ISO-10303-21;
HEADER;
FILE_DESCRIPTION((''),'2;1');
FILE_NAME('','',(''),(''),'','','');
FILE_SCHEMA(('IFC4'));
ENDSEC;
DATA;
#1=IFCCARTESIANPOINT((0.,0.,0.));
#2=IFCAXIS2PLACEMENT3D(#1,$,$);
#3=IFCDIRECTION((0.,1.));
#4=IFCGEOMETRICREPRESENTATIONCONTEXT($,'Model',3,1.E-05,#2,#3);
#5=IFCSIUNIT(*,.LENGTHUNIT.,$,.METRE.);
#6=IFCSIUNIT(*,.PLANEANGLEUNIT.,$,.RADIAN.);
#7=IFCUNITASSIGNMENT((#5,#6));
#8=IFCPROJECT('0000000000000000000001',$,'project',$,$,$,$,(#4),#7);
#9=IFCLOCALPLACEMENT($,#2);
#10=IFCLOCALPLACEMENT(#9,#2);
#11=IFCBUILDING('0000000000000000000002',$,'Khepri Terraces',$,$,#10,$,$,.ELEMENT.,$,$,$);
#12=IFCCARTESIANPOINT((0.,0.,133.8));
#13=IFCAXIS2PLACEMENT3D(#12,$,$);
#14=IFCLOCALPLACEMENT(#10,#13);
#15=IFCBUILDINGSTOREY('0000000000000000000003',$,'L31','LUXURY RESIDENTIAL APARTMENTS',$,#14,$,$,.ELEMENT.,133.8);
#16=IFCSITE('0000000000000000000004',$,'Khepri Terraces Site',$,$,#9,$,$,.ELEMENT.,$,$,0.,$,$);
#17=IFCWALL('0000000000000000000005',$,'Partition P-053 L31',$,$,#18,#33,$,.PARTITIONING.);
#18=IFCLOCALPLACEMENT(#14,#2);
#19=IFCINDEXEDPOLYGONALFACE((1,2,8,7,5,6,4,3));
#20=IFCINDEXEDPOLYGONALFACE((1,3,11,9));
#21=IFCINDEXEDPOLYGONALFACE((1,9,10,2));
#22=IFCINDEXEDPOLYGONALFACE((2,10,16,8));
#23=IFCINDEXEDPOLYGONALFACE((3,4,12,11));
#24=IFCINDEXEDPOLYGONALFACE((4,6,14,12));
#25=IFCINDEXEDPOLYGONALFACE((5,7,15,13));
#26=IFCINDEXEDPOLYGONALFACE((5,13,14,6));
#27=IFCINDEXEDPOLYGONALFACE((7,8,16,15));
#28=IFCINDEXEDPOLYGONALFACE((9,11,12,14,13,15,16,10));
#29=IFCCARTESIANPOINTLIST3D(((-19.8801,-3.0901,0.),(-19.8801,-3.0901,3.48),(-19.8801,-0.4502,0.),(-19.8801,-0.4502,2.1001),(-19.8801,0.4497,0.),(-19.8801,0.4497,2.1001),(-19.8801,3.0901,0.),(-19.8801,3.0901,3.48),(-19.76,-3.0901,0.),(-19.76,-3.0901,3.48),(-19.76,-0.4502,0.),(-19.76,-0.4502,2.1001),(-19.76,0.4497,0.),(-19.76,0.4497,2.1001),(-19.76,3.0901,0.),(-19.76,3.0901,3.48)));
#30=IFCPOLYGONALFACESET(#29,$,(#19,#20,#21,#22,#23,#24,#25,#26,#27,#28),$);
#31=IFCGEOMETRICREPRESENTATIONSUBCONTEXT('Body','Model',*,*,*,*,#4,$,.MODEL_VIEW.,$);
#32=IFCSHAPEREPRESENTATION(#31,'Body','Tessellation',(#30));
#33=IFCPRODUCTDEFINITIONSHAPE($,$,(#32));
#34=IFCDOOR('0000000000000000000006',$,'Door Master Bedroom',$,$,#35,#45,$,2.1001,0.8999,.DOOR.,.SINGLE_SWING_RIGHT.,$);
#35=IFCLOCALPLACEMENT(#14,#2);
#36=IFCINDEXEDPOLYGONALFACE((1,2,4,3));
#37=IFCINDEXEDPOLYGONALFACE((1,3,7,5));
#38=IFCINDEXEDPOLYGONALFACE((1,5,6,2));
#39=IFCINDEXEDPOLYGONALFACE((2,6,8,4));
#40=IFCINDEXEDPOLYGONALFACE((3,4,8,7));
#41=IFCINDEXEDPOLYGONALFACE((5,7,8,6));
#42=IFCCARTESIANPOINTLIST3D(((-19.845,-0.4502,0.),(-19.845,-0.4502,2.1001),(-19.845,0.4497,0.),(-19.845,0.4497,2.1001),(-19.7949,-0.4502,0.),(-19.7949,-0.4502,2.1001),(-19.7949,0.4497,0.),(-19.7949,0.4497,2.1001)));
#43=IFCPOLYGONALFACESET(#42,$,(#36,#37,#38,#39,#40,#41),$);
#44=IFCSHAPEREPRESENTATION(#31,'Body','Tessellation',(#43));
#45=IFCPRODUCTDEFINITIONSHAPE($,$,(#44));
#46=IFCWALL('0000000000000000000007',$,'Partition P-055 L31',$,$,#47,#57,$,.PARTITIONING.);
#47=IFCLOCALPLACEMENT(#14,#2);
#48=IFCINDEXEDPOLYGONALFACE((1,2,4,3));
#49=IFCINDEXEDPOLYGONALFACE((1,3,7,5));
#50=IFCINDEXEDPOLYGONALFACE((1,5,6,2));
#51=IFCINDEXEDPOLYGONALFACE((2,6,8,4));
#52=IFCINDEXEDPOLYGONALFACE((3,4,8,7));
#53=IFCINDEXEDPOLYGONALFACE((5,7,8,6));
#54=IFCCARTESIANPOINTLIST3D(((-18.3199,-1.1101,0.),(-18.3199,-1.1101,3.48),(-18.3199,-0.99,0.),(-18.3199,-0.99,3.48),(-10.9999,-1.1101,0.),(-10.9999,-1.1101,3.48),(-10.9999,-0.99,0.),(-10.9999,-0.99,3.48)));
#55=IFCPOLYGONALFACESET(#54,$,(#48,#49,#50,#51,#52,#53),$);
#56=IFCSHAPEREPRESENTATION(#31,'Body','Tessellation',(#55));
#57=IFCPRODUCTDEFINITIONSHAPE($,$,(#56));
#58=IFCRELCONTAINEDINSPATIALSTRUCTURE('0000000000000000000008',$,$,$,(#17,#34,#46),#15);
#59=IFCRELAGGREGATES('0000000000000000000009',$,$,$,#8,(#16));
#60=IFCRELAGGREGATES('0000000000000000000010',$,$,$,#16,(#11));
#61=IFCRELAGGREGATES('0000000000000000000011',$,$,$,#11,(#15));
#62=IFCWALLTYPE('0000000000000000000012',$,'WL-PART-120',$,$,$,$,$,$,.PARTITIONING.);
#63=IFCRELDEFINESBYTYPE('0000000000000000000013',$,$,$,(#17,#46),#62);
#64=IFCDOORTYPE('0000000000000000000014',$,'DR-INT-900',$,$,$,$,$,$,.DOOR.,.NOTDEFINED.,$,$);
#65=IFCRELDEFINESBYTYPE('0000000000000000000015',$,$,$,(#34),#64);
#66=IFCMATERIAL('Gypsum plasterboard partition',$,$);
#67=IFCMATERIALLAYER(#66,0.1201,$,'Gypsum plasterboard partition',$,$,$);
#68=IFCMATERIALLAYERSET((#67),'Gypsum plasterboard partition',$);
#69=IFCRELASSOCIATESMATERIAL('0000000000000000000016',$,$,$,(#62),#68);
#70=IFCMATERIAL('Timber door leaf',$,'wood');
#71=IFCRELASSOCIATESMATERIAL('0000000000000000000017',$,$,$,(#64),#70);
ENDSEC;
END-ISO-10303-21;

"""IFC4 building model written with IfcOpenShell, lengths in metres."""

from ifc_helpers import new_model, si_unit, direction, frame, frame_2d, origin, place, context, subcontext, project, spatial, rectangle, extrude, material, layer, layer_set, type_object, element, fill, save


model = new_model("IFC4")

# Units and contexts
model_context = context("Model", 3, precision=1e-05, world=origin(), true_north=direction((0.0, 1.0)))
body_context = subcontext(model_context, "Body", "Model", "MODEL_VIEW")
ifc_project = project(units=[si_unit("LENGTHUNIT", "METRE"), si_unit("PLANEANGLEUNIT", "RADIAN")], contexts=[model_context])

# Site, building, storey
site_placement = place(None, origin())
site = spatial("IfcSite", under=ifc_project, at=site_placement, Name="Khepri Terraces Site", CompositionType="ELEMENT", RefElevation=0.0)
building_placement = place(site_placement, origin())
building = spatial("IfcBuilding", under=site, at=building_placement, Name="Khepri Terraces", CompositionType="ELEMENT")
storey_placement = place(building_placement, frame((0.0, 0.0, 133.8)))
storey = spatial("IfcBuildingStorey", under=building, at=storey_placement, Name="L31", Description="LUXURY RESIDENTIAL APARTMENTS", CompositionType="ELEMENT", Elevation=133.8)

# Shared definitions
ifc_material_1 = material(Name="Gypsum plasterboard partition")
ifc_layer_1 = layer(ifc_material_1, 0.1201, Name="Gypsum plasterboard partition")
ifc_layer_set_1 = layer_set([ifc_layer_1], Name="Gypsum plasterboard partition")
wall_type_1 = type_object("IfcWallType", Name="WL-PART-120", PredefinedType="PARTITIONING", material=ifc_layer_set_1)

# Wall, opening, door
ifc_material_2 = material(Name="Timber door leaf", Category="wood")
door_type_1 = type_object("IfcDoorType", Name="DR-INT-900", OperationType="NOTDEFINED", PredefinedType="DOOR", material=ifc_material_2)
wall_1_placement = place(storey_placement, frame((-19.8201, -3.0901, 0.0), z_axis=(0.0, 0.0, 1.0), x_axis=(0.0, 1.0, 0.0)))
wall_1 = element("IfcWall", 1, at=wall_1_placement, inside=storey, type_object=wall_type_1, Name="Partition P-053 L31", PredefinedType="PARTITIONING", context=body_context, shape_type="SweptSolid", body=[
    extrude(rectangle(XDim=6.1802, YDim=0.1201, at=frame_2d((3.0901, 0.0))), origin(), (0.0, 0.0, 1.0), 3.48),
])
opening_1_placement = place(wall_1_placement, frame((2.6399, 0.0, 0.0)))
opening_1 = element("IfcOpeningElement", 2, at=opening_1_placement, cuts=wall_1, PredefinedType="OPENING", context=body_context, shape_type="SweptSolid", body=[
    extrude(rectangle(XDim=0.8999, YDim=2.1001, at=frame_2d((0.45, 1.05))), frame((0.0, 0.0701, 0.0), z_axis=(0.0, -1.0, 0.0), x_axis=(1.0, 0.0, 0.0)), (0.0, 0.0, 1.0), 0.1401),
])
door_1_placement = place(opening_1_placement, origin())
door_1 = element("IfcDoor", 3, at=door_1_placement, inside=storey, type_object=door_type_1, Name="Door Master Bedroom", OperationType="SINGLE_SWING_RIGHT", OverallHeight=2.1001, OverallWidth=0.8999, PredefinedType="DOOR", context=body_context, shape_type="SweptSolid", body=[
    extrude(rectangle(XDim=0.8999, YDim=2.1001, at=frame_2d((0.45, 1.05))), frame((0.0, 0.0249, 0.0), z_axis=(0.0, -1.0, 0.0), x_axis=(1.0, 0.0, 0.0)), (0.0, 0.0, 1.0), 0.05),
])
fill(opening_1, door_1)

# Wall
wall_2_placement = place(storey_placement, frame((-18.3201, -1.05, 0.0), z_axis=(0.0, 0.0, 1.0), x_axis=(1.0, 0.0, 0.0)))
element("IfcWall", 4, at=wall_2_placement, inside=storey, type_object=wall_type_1, Name="Partition P-055 L31", PredefinedType="PARTITIONING", context=body_context, shape_type="SweptSolid", body=[
    extrude(rectangle(XDim=7.3201, YDim=0.1201, at=frame_2d((3.6602, 0.0))), origin(), (0.0, 0.0, 1.0), 3.48),
])

save(model, "model.ifc")
